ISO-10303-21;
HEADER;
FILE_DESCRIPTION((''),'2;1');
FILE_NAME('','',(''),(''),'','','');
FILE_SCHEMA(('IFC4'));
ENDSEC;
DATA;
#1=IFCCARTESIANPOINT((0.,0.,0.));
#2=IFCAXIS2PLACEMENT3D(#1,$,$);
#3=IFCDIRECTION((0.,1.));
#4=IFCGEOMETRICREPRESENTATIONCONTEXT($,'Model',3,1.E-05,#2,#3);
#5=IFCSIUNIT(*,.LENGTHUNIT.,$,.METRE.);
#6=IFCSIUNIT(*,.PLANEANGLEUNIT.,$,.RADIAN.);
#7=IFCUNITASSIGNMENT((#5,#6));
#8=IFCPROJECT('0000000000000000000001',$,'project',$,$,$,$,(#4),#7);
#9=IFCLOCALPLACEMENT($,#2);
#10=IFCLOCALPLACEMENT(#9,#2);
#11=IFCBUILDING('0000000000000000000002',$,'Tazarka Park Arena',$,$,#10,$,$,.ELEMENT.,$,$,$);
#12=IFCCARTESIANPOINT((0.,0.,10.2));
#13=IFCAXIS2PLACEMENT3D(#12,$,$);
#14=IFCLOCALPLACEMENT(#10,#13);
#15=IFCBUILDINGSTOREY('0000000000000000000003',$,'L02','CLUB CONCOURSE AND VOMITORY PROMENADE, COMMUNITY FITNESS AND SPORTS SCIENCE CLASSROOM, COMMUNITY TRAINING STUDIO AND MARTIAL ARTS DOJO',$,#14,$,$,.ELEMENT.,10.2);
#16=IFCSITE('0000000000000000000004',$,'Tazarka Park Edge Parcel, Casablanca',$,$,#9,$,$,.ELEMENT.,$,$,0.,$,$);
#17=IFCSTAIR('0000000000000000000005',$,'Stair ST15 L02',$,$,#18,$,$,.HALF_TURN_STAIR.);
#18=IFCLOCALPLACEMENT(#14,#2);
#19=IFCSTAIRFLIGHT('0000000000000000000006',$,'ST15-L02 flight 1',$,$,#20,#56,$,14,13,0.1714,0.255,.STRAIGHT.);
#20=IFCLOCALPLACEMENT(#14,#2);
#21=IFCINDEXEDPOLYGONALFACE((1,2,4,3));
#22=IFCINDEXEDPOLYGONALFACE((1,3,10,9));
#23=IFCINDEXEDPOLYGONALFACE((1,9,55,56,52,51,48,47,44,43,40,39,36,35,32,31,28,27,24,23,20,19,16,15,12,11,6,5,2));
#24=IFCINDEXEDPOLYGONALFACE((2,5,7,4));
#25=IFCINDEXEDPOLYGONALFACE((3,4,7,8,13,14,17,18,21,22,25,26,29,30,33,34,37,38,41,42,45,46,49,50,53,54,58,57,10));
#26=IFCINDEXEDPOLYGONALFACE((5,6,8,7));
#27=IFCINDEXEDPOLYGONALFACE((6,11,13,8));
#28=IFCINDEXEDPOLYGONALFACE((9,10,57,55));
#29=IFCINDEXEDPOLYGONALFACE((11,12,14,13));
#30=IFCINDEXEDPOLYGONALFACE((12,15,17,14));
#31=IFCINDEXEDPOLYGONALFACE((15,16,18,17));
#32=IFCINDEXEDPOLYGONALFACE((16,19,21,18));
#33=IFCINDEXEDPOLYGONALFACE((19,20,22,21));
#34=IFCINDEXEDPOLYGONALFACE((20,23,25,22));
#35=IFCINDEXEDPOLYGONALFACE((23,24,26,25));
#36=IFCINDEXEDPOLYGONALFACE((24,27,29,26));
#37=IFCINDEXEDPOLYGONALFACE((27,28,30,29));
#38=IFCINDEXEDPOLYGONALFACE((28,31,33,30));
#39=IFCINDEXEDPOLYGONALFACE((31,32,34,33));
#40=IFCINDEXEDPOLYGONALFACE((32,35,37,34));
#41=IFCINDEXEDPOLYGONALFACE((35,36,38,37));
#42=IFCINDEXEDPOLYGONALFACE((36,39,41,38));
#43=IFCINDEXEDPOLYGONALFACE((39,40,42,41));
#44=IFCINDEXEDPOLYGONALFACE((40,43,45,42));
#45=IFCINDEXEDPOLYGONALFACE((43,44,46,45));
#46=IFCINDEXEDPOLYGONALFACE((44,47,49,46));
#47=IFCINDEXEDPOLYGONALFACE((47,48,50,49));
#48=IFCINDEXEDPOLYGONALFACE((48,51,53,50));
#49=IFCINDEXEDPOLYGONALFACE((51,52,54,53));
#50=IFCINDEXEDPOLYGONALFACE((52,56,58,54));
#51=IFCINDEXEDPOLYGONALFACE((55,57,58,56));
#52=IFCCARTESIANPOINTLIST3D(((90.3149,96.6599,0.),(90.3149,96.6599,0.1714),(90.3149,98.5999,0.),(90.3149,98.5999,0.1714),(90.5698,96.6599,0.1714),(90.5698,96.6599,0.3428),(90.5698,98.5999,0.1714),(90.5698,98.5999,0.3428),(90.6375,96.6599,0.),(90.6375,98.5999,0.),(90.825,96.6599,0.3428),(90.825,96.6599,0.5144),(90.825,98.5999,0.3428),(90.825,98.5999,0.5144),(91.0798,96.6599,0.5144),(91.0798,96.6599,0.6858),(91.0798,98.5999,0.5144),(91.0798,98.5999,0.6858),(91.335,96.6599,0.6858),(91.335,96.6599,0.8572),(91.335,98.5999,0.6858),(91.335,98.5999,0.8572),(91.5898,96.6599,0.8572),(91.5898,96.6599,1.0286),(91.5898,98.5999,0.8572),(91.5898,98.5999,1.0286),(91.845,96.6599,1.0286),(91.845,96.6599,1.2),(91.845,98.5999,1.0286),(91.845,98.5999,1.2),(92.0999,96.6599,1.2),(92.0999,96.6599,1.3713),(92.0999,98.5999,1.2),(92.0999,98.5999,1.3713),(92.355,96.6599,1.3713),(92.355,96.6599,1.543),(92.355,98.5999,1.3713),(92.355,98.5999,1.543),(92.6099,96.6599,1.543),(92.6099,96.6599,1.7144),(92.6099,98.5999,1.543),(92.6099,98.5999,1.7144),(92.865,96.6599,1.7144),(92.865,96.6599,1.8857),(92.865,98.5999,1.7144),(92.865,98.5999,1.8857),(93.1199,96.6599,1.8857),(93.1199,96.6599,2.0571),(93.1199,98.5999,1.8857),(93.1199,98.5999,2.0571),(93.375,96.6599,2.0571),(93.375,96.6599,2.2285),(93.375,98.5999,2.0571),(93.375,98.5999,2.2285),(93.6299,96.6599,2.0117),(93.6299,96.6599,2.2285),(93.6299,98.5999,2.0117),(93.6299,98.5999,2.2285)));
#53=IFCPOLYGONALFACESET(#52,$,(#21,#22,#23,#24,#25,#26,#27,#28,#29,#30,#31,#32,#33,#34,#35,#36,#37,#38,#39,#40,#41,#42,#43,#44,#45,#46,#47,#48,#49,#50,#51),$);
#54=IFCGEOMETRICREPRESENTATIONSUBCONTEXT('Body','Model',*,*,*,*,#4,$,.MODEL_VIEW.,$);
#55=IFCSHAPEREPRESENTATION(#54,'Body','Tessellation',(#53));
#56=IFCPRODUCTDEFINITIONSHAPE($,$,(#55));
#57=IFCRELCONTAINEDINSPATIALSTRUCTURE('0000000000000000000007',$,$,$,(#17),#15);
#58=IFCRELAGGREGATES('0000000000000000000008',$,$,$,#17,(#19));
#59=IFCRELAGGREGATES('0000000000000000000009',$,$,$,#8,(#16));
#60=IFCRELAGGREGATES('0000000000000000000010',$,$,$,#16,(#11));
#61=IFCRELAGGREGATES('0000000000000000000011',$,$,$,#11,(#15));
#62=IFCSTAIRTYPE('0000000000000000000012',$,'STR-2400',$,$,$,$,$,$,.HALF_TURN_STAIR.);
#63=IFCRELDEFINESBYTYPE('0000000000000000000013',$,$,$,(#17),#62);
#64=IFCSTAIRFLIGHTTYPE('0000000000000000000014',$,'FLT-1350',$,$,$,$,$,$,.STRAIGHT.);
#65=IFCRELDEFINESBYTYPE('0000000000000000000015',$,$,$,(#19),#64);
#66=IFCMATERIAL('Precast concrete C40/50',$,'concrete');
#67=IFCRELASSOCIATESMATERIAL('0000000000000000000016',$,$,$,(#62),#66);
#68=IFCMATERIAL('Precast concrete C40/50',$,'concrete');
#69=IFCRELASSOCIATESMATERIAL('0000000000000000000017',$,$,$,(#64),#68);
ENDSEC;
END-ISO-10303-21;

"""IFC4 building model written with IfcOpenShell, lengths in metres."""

from ifc_helpers import new_model, si_unit, direction, frame, origin, place, context, subcontext, project, spatial, polyline, outline, extrude, material, type_object, element, aggregate, save


model = new_model("IFC4")

# Units and contexts
model_context = context("Model", 3, precision=1e-05, world=origin(), true_north=direction((0.0, 1.0)))
body_context = subcontext(model_context, "Body", "Model", "MODEL_VIEW")
ifc_project = project(units=[si_unit("LENGTHUNIT", "METRE"), si_unit("PLANEANGLEUNIT", "RADIAN")], contexts=[model_context])

# Site, building, storey
site_placement = place(None, origin())
site = spatial("IfcSite", under=ifc_project, at=site_placement, Name="Tazarka Park Edge Parcel, Casablanca", CompositionType="ELEMENT", RefElevation=0.0)
building_placement = place(site_placement, origin())
building = spatial("IfcBuilding", under=site, at=building_placement, Name="Tazarka Park Arena", CompositionType="ELEMENT")
storey_placement = place(building_placement, frame((0.0, 0.0, 10.2)))
storey = spatial("IfcBuildingStorey", under=building, at=storey_placement, Name="L02", Description="CLUB CONCOURSE AND VOMITORY PROMENADE, COMMUNITY FITNESS AND SPORTS SCIENCE CLASSROOM, COMMUNITY TRAINING STUDIO AND MARTIAL ARTS DOJO", CompositionType="ELEMENT", Elevation=10.2)

# Stair, stair flight
ifc_material_1 = material(Name="Precast concrete C40/50", Category="concrete")
stair_type = type_object("IfcStairType", Name="STR-2400", PredefinedType="HALF_TURN_STAIR", material=ifc_material_1)
stair_placement = place(storey_placement, origin())
stair = element("IfcStair", 1, at=stair_placement, inside=storey, type_object=stair_type, Name="Stair ST15 L02", PredefinedType="HALF_TURN_STAIR")
ifc_material_2 = material(Name="Precast concrete C40/50", Category="concrete")
stair_flight_type = type_object("IfcStairFlightType", Name="FLT-1350", PredefinedType="STRAIGHT", material=ifc_material_2)
stair_flight_placement = place(storey_placement, frame((90.3149, 97.6299, 0.0), z_axis=(0.0, 0.0, 1.0), x_axis=(1.0, 0.0, 0.0)))
stair_flight = element("IfcStairFlight", 2, at=stair_flight_placement, type_object=stair_flight_type, Name="ST15-L02 flight 1", NumberOfRisers=14, NumberOfTreads=13, PredefinedType="STRAIGHT", RiserHeight=0.1714, TreadLength=0.255, context=body_context, shape_type="SweptSolid", body=[
    extrude(outline(polyline([(0.0, 0.0), (0.0, 0.1714), (0.2549, 0.1714), (0.2549, 0.3428), (0.51, 0.3428), (0.51, 0.5144), (0.7649, 0.5144), (0.7649, 0.6858), (1.02, 0.6858), (1.02, 0.8572), (1.2749, 0.8572), (1.2749, 1.0286), (1.53, 1.0286), (1.53, 1.2), (1.7849, 1.2), (1.7849, 1.3713), (2.04, 1.3713), (2.04, 1.543), (2.2949, 1.543), (2.2949, 1.7144), (2.55, 1.7144), (2.55, 1.8857), (2.8049, 1.8857), (2.8049, 2.0571), (3.0601, 2.0571), (3.0601, 2.2285), (3.3149, 2.2285), (3.3149, 2.3999), (3.3149, 2.0117), (0.3225, 0.0), (0.0, 0.0)])), frame((0.0, 0.97, 0.0), z_axis=(0.0, -1.0, 0.0), x_axis=(1.0, 0.0, 0.0)), (0.0, 0.0, 1.0), 1.9399),
])
aggregate(stair, [stair_flight])

save(model, "model.ifc")
